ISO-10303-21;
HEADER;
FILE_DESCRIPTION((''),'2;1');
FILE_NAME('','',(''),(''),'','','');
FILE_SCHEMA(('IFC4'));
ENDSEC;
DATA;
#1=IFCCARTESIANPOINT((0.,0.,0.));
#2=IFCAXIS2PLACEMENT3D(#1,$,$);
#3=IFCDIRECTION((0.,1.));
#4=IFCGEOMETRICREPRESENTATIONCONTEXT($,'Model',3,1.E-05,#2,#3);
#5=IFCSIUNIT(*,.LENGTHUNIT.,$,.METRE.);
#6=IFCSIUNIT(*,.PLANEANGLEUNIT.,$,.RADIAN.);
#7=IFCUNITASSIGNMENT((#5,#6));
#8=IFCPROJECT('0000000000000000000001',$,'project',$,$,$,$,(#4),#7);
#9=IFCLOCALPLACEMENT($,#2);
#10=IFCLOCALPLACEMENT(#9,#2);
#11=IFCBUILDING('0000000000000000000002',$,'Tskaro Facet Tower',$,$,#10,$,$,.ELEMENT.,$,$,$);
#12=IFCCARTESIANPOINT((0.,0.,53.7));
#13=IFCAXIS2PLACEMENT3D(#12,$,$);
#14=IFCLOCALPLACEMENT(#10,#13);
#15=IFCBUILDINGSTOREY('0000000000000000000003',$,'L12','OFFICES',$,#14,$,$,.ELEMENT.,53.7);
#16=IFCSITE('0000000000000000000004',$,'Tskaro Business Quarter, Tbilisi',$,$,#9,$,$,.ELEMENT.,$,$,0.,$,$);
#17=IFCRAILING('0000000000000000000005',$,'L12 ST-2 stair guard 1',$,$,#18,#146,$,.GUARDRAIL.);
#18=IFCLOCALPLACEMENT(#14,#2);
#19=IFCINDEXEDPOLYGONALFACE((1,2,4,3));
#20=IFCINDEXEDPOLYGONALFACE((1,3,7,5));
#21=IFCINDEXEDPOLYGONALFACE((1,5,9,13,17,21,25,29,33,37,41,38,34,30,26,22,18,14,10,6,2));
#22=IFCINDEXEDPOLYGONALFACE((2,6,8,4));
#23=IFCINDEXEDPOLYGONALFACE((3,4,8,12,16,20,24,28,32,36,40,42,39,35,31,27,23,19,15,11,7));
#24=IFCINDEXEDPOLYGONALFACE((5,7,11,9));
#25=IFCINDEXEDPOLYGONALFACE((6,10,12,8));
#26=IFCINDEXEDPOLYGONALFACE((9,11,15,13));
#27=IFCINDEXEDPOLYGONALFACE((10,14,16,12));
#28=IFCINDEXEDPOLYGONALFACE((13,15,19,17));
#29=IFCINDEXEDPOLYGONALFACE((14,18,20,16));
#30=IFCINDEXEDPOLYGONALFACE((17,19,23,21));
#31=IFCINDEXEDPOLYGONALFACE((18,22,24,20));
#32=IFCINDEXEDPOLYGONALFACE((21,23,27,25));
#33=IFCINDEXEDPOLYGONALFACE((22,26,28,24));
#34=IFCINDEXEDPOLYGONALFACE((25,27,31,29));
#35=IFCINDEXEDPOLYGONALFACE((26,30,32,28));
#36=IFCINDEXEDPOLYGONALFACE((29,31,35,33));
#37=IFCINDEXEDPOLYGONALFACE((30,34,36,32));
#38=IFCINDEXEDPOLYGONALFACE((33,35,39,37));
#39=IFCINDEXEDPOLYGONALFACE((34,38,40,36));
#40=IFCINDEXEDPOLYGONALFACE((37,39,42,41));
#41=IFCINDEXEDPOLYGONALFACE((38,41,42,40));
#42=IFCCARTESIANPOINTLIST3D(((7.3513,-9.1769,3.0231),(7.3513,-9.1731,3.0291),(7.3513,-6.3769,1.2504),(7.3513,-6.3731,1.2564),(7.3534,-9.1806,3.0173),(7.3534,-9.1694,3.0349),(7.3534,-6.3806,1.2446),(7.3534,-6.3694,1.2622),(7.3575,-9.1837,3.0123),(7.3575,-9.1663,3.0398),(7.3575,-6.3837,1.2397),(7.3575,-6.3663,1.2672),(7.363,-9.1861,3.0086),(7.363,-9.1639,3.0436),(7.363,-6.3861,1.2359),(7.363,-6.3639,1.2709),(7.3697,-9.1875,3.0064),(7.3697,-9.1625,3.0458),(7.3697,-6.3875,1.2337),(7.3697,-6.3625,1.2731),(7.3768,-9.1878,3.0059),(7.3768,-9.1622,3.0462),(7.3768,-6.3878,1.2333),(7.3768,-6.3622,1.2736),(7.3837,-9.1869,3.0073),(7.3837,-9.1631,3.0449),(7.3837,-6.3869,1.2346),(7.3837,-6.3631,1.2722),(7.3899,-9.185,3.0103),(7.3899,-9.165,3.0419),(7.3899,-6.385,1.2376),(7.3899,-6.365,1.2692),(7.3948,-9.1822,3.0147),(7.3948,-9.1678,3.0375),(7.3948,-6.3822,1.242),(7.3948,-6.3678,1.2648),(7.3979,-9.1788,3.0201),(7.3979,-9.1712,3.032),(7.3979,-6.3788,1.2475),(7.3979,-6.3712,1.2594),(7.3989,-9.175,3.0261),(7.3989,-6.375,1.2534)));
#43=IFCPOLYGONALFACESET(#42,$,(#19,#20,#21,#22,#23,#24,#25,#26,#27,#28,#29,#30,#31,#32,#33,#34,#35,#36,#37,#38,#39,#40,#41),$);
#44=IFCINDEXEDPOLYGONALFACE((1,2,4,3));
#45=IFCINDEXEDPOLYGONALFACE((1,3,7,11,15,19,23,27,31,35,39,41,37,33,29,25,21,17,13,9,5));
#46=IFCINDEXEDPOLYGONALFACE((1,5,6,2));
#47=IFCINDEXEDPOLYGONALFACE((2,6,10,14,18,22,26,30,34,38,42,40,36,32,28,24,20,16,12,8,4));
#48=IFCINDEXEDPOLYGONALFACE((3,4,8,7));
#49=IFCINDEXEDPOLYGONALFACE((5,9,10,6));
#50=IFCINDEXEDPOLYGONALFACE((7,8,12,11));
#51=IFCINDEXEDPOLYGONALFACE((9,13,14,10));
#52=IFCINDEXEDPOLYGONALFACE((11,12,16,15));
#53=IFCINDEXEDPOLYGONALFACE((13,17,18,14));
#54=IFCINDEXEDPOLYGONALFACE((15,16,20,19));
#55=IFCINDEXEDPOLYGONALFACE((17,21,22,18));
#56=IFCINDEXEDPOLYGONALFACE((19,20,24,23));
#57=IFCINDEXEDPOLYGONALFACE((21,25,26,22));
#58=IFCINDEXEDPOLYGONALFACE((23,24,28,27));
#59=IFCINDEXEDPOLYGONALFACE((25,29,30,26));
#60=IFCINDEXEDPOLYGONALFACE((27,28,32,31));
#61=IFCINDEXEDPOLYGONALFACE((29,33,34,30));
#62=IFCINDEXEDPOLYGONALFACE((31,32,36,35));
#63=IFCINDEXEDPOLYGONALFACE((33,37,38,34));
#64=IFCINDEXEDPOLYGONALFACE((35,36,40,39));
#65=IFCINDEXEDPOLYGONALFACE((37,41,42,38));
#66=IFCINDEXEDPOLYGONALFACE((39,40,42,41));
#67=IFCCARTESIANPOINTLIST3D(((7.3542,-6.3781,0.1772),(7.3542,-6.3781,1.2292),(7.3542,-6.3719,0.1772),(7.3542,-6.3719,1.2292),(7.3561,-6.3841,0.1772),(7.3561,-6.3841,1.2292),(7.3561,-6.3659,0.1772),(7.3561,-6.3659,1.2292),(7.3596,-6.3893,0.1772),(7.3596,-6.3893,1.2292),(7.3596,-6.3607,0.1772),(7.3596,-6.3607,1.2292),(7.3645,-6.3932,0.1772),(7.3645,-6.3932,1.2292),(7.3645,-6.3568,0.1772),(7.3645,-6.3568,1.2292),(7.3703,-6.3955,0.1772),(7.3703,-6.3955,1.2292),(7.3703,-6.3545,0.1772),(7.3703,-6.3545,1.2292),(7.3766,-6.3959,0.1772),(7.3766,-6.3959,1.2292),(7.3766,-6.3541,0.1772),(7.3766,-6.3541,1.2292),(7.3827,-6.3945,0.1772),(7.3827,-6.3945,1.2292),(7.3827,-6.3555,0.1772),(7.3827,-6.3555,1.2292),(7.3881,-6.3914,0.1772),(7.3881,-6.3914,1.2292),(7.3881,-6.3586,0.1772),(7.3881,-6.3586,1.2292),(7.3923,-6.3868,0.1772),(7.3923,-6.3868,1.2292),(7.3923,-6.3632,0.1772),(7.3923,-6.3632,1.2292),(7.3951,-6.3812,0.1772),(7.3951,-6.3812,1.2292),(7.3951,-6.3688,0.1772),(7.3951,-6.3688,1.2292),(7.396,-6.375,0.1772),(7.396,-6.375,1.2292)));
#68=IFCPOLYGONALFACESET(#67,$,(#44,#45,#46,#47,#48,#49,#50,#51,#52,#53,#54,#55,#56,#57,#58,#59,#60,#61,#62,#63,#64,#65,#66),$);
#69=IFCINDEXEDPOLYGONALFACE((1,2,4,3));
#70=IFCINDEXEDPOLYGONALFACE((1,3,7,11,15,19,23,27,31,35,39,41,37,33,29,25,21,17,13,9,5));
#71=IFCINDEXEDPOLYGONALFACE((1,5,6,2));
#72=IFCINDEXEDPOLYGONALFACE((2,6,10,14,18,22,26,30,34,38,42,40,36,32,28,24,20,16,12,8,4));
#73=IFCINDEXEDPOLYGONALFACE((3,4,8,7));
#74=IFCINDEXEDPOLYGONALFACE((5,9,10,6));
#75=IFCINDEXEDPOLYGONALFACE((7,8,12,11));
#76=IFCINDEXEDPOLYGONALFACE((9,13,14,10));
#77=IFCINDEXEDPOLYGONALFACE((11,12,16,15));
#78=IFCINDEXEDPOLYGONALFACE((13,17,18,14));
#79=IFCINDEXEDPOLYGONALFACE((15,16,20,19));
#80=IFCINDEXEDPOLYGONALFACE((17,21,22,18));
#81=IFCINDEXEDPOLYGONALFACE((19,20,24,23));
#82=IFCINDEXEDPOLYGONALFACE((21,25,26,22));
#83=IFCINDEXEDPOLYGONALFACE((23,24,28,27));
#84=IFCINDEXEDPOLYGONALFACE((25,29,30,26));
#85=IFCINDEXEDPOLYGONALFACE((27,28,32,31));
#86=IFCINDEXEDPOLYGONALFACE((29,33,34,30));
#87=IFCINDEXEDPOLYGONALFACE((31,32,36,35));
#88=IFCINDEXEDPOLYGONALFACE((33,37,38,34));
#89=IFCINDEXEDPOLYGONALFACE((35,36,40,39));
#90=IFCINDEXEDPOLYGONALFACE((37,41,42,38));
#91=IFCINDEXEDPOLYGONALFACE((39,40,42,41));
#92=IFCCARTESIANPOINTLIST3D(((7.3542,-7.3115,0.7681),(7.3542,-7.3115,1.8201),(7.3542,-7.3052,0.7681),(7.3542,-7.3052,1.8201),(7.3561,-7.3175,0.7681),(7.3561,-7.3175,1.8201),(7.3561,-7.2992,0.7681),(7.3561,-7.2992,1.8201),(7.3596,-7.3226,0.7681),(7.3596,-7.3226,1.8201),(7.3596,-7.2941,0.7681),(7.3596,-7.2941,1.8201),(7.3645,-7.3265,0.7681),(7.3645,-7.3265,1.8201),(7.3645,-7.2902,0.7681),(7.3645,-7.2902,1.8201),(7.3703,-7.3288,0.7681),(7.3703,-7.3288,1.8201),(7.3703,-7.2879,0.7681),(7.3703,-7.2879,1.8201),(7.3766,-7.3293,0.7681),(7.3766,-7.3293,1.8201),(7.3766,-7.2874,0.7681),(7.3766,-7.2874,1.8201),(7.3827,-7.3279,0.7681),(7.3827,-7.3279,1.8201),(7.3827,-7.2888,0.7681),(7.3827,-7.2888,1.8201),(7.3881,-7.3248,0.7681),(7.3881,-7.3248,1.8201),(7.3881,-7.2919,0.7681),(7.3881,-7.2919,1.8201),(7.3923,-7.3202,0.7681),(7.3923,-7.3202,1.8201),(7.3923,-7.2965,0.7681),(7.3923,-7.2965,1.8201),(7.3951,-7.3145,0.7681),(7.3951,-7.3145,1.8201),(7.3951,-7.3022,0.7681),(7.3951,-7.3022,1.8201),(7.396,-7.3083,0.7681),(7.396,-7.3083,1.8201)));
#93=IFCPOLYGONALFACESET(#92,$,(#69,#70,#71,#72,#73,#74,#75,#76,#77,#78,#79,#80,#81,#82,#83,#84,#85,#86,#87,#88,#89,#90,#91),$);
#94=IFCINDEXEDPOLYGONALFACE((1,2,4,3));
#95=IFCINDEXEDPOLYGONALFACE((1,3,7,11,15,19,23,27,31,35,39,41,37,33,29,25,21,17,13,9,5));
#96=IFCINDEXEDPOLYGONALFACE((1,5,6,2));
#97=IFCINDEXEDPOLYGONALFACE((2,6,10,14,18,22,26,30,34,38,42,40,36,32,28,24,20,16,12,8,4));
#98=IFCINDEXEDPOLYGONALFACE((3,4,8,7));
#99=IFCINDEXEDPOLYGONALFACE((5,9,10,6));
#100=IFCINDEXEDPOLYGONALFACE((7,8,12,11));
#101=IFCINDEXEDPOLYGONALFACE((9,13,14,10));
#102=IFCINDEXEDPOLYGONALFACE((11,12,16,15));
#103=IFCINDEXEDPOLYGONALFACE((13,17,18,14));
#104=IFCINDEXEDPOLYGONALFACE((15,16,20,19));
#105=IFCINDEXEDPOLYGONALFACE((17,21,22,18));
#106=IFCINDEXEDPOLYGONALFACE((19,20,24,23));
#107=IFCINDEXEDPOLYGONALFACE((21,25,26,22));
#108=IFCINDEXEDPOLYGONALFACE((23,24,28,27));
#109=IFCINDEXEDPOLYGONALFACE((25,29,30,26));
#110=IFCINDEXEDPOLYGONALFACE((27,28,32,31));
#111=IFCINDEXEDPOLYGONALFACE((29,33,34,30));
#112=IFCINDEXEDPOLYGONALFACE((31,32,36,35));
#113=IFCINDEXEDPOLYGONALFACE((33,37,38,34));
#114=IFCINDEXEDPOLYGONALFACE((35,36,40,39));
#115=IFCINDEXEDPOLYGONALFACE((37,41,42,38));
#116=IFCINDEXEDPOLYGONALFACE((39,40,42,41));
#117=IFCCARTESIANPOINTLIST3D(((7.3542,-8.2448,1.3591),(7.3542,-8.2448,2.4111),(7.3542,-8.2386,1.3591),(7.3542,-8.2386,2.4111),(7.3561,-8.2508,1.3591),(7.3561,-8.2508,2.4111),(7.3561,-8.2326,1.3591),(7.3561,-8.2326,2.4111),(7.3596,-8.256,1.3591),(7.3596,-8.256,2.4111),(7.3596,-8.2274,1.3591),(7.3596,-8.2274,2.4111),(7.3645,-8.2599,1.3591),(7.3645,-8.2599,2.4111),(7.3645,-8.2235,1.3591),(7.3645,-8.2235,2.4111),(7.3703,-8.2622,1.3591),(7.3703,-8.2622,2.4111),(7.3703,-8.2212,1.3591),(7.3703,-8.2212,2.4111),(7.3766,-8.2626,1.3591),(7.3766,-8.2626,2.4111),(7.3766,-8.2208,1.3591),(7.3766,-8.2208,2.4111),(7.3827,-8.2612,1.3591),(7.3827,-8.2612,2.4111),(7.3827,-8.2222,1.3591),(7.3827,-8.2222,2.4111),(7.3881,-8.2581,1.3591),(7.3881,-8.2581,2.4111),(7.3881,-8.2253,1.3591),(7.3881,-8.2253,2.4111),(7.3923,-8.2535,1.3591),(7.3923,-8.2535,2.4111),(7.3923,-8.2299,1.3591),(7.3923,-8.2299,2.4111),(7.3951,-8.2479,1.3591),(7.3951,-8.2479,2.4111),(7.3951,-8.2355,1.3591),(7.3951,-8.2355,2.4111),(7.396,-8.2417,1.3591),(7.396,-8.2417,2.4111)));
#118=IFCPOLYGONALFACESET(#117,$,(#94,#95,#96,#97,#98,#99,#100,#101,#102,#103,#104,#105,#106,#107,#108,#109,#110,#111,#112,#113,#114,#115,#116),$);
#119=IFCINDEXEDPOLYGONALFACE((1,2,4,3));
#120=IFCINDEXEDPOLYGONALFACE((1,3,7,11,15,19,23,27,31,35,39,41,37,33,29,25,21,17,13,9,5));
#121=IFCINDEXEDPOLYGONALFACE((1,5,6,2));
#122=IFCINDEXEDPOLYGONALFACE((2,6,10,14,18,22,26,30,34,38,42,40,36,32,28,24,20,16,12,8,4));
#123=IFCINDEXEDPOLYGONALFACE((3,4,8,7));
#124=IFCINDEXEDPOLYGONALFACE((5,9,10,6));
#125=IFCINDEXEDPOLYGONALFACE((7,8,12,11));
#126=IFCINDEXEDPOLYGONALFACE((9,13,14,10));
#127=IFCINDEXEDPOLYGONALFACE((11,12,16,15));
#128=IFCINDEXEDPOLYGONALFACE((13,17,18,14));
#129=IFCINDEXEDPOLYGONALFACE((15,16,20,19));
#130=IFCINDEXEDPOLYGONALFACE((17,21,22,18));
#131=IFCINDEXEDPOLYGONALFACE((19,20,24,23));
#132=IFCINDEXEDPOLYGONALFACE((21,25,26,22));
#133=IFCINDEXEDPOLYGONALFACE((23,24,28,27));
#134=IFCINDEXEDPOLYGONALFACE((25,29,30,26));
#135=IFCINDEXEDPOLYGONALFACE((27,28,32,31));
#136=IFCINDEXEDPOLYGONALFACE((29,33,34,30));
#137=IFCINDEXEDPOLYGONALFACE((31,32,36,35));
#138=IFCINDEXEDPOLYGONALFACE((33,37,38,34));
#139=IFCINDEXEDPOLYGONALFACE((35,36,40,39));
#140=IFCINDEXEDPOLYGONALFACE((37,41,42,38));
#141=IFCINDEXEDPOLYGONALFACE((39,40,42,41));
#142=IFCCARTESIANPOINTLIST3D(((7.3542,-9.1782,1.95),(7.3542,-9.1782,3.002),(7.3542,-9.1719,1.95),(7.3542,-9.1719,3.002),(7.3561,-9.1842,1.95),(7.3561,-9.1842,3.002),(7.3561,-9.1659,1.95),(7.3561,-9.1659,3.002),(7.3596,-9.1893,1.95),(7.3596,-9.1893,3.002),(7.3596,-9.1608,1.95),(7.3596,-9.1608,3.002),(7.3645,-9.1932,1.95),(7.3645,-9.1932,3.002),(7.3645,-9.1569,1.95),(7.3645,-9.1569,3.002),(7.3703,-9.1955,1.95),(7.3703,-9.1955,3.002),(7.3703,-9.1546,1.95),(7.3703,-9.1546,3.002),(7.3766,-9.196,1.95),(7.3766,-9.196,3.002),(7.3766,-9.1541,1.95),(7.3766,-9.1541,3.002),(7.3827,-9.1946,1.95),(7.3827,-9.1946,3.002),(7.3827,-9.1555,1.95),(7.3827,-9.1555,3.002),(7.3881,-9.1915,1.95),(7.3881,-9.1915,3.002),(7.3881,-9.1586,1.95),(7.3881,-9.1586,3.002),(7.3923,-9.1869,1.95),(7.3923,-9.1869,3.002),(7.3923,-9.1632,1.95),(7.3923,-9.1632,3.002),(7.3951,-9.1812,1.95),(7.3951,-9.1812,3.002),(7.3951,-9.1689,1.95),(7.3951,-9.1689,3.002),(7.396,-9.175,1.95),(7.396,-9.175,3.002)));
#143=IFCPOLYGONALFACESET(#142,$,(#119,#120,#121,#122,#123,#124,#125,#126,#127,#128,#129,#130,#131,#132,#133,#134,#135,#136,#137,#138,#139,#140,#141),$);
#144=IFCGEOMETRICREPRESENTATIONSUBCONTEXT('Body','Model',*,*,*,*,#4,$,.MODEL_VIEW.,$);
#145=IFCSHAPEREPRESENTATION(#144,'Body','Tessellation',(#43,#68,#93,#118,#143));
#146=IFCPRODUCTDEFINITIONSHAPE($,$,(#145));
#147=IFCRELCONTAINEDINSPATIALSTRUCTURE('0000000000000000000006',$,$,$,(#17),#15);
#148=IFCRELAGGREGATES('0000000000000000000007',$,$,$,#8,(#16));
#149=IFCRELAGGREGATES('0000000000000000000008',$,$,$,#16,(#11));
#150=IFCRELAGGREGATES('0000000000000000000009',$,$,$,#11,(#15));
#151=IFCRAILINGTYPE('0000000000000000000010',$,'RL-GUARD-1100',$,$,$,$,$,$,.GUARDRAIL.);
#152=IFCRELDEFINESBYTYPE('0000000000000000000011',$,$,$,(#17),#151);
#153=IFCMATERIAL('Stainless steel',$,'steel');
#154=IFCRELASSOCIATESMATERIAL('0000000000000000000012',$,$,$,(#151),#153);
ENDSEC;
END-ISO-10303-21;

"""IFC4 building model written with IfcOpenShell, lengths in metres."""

from ifc_helpers import new_model, si_unit, direction, frame, origin, origin_2d, place, context, subcontext, project, spatial, circle, extrude, material, type_object, element, save


model = new_model("IFC4")

# Units and contexts
model_context = context("Model", 3, precision=1e-05, world=origin(), true_north=direction((0.0, 1.0)))
body_context = subcontext(model_context, "Body", "Model", "MODEL_VIEW")
ifc_project = project(units=[si_unit("LENGTHUNIT", "METRE"), si_unit("PLANEANGLEUNIT", "RADIAN")], contexts=[model_context])

# Site, building, storey
site_placement = place(None, origin())
site = spatial("IfcSite", under=ifc_project, at=site_placement, Name="Tskaro Business Quarter, Tbilisi", CompositionType="ELEMENT", RefElevation=0.0)
building_placement = place(site_placement, origin())
building = spatial("IfcBuilding", under=site, at=building_placement, Name="Tskaro Facet Tower", CompositionType="ELEMENT")
storey_placement = place(building_placement, frame((0.0, 0.0, 53.7)))
storey = spatial("IfcBuildingStorey", under=building, at=storey_placement, Name="L12", Description="OFFICES", CompositionType="ELEMENT", Elevation=53.7)

# Shared definitions
ifc_material_1 = material(Name="Stainless steel", Category="steel")

# Railing
railing_type_1 = type_object("IfcRailingType", Name="RL-GUARD-1100", PredefinedType="GUARDRAIL", material=ifc_material_1)
railing_1_placement = place(storey_placement, frame((7.375, -6.375, 0.1772)))
element("IfcRailing", 1, at=railing_1_placement, inside=storey, type_object=railing_type_1, Name="L12 ST-2 stair guard 1", PredefinedType="GUARDRAIL", context=body_context, shape_type="SweptSolid", body=[
    extrude(circle(Radius=0.0239, at=origin_2d()), frame((0.0, 0.0, 1.0762), z_axis=(0.0, -0.844909, 0.53491), x_axis=(1.0, 0.0, 0.0)), (0.0, 0.0, 1.0), 3.314),
    extrude(circle(Radius=0.021, at=origin_2d()), origin(), (0.0, 0.0, 1.0), 1.052),
    extrude(circle(Radius=0.021, at=origin_2d()), frame((0.0, -0.9333, 0.5908)), (0.0, 0.0, 1.0), 1.052),
    extrude(circle(Radius=0.021, at=origin_2d()), frame((0.0, -1.8667, 1.1819)), (0.0, 0.0, 1.0), 1.052),
    extrude(circle(Radius=0.021, at=origin_2d()), frame((0.0, -2.8, 1.7727)), (0.0, 0.0, 1.0), 1.052),
])

save(model, "model.ifc")
